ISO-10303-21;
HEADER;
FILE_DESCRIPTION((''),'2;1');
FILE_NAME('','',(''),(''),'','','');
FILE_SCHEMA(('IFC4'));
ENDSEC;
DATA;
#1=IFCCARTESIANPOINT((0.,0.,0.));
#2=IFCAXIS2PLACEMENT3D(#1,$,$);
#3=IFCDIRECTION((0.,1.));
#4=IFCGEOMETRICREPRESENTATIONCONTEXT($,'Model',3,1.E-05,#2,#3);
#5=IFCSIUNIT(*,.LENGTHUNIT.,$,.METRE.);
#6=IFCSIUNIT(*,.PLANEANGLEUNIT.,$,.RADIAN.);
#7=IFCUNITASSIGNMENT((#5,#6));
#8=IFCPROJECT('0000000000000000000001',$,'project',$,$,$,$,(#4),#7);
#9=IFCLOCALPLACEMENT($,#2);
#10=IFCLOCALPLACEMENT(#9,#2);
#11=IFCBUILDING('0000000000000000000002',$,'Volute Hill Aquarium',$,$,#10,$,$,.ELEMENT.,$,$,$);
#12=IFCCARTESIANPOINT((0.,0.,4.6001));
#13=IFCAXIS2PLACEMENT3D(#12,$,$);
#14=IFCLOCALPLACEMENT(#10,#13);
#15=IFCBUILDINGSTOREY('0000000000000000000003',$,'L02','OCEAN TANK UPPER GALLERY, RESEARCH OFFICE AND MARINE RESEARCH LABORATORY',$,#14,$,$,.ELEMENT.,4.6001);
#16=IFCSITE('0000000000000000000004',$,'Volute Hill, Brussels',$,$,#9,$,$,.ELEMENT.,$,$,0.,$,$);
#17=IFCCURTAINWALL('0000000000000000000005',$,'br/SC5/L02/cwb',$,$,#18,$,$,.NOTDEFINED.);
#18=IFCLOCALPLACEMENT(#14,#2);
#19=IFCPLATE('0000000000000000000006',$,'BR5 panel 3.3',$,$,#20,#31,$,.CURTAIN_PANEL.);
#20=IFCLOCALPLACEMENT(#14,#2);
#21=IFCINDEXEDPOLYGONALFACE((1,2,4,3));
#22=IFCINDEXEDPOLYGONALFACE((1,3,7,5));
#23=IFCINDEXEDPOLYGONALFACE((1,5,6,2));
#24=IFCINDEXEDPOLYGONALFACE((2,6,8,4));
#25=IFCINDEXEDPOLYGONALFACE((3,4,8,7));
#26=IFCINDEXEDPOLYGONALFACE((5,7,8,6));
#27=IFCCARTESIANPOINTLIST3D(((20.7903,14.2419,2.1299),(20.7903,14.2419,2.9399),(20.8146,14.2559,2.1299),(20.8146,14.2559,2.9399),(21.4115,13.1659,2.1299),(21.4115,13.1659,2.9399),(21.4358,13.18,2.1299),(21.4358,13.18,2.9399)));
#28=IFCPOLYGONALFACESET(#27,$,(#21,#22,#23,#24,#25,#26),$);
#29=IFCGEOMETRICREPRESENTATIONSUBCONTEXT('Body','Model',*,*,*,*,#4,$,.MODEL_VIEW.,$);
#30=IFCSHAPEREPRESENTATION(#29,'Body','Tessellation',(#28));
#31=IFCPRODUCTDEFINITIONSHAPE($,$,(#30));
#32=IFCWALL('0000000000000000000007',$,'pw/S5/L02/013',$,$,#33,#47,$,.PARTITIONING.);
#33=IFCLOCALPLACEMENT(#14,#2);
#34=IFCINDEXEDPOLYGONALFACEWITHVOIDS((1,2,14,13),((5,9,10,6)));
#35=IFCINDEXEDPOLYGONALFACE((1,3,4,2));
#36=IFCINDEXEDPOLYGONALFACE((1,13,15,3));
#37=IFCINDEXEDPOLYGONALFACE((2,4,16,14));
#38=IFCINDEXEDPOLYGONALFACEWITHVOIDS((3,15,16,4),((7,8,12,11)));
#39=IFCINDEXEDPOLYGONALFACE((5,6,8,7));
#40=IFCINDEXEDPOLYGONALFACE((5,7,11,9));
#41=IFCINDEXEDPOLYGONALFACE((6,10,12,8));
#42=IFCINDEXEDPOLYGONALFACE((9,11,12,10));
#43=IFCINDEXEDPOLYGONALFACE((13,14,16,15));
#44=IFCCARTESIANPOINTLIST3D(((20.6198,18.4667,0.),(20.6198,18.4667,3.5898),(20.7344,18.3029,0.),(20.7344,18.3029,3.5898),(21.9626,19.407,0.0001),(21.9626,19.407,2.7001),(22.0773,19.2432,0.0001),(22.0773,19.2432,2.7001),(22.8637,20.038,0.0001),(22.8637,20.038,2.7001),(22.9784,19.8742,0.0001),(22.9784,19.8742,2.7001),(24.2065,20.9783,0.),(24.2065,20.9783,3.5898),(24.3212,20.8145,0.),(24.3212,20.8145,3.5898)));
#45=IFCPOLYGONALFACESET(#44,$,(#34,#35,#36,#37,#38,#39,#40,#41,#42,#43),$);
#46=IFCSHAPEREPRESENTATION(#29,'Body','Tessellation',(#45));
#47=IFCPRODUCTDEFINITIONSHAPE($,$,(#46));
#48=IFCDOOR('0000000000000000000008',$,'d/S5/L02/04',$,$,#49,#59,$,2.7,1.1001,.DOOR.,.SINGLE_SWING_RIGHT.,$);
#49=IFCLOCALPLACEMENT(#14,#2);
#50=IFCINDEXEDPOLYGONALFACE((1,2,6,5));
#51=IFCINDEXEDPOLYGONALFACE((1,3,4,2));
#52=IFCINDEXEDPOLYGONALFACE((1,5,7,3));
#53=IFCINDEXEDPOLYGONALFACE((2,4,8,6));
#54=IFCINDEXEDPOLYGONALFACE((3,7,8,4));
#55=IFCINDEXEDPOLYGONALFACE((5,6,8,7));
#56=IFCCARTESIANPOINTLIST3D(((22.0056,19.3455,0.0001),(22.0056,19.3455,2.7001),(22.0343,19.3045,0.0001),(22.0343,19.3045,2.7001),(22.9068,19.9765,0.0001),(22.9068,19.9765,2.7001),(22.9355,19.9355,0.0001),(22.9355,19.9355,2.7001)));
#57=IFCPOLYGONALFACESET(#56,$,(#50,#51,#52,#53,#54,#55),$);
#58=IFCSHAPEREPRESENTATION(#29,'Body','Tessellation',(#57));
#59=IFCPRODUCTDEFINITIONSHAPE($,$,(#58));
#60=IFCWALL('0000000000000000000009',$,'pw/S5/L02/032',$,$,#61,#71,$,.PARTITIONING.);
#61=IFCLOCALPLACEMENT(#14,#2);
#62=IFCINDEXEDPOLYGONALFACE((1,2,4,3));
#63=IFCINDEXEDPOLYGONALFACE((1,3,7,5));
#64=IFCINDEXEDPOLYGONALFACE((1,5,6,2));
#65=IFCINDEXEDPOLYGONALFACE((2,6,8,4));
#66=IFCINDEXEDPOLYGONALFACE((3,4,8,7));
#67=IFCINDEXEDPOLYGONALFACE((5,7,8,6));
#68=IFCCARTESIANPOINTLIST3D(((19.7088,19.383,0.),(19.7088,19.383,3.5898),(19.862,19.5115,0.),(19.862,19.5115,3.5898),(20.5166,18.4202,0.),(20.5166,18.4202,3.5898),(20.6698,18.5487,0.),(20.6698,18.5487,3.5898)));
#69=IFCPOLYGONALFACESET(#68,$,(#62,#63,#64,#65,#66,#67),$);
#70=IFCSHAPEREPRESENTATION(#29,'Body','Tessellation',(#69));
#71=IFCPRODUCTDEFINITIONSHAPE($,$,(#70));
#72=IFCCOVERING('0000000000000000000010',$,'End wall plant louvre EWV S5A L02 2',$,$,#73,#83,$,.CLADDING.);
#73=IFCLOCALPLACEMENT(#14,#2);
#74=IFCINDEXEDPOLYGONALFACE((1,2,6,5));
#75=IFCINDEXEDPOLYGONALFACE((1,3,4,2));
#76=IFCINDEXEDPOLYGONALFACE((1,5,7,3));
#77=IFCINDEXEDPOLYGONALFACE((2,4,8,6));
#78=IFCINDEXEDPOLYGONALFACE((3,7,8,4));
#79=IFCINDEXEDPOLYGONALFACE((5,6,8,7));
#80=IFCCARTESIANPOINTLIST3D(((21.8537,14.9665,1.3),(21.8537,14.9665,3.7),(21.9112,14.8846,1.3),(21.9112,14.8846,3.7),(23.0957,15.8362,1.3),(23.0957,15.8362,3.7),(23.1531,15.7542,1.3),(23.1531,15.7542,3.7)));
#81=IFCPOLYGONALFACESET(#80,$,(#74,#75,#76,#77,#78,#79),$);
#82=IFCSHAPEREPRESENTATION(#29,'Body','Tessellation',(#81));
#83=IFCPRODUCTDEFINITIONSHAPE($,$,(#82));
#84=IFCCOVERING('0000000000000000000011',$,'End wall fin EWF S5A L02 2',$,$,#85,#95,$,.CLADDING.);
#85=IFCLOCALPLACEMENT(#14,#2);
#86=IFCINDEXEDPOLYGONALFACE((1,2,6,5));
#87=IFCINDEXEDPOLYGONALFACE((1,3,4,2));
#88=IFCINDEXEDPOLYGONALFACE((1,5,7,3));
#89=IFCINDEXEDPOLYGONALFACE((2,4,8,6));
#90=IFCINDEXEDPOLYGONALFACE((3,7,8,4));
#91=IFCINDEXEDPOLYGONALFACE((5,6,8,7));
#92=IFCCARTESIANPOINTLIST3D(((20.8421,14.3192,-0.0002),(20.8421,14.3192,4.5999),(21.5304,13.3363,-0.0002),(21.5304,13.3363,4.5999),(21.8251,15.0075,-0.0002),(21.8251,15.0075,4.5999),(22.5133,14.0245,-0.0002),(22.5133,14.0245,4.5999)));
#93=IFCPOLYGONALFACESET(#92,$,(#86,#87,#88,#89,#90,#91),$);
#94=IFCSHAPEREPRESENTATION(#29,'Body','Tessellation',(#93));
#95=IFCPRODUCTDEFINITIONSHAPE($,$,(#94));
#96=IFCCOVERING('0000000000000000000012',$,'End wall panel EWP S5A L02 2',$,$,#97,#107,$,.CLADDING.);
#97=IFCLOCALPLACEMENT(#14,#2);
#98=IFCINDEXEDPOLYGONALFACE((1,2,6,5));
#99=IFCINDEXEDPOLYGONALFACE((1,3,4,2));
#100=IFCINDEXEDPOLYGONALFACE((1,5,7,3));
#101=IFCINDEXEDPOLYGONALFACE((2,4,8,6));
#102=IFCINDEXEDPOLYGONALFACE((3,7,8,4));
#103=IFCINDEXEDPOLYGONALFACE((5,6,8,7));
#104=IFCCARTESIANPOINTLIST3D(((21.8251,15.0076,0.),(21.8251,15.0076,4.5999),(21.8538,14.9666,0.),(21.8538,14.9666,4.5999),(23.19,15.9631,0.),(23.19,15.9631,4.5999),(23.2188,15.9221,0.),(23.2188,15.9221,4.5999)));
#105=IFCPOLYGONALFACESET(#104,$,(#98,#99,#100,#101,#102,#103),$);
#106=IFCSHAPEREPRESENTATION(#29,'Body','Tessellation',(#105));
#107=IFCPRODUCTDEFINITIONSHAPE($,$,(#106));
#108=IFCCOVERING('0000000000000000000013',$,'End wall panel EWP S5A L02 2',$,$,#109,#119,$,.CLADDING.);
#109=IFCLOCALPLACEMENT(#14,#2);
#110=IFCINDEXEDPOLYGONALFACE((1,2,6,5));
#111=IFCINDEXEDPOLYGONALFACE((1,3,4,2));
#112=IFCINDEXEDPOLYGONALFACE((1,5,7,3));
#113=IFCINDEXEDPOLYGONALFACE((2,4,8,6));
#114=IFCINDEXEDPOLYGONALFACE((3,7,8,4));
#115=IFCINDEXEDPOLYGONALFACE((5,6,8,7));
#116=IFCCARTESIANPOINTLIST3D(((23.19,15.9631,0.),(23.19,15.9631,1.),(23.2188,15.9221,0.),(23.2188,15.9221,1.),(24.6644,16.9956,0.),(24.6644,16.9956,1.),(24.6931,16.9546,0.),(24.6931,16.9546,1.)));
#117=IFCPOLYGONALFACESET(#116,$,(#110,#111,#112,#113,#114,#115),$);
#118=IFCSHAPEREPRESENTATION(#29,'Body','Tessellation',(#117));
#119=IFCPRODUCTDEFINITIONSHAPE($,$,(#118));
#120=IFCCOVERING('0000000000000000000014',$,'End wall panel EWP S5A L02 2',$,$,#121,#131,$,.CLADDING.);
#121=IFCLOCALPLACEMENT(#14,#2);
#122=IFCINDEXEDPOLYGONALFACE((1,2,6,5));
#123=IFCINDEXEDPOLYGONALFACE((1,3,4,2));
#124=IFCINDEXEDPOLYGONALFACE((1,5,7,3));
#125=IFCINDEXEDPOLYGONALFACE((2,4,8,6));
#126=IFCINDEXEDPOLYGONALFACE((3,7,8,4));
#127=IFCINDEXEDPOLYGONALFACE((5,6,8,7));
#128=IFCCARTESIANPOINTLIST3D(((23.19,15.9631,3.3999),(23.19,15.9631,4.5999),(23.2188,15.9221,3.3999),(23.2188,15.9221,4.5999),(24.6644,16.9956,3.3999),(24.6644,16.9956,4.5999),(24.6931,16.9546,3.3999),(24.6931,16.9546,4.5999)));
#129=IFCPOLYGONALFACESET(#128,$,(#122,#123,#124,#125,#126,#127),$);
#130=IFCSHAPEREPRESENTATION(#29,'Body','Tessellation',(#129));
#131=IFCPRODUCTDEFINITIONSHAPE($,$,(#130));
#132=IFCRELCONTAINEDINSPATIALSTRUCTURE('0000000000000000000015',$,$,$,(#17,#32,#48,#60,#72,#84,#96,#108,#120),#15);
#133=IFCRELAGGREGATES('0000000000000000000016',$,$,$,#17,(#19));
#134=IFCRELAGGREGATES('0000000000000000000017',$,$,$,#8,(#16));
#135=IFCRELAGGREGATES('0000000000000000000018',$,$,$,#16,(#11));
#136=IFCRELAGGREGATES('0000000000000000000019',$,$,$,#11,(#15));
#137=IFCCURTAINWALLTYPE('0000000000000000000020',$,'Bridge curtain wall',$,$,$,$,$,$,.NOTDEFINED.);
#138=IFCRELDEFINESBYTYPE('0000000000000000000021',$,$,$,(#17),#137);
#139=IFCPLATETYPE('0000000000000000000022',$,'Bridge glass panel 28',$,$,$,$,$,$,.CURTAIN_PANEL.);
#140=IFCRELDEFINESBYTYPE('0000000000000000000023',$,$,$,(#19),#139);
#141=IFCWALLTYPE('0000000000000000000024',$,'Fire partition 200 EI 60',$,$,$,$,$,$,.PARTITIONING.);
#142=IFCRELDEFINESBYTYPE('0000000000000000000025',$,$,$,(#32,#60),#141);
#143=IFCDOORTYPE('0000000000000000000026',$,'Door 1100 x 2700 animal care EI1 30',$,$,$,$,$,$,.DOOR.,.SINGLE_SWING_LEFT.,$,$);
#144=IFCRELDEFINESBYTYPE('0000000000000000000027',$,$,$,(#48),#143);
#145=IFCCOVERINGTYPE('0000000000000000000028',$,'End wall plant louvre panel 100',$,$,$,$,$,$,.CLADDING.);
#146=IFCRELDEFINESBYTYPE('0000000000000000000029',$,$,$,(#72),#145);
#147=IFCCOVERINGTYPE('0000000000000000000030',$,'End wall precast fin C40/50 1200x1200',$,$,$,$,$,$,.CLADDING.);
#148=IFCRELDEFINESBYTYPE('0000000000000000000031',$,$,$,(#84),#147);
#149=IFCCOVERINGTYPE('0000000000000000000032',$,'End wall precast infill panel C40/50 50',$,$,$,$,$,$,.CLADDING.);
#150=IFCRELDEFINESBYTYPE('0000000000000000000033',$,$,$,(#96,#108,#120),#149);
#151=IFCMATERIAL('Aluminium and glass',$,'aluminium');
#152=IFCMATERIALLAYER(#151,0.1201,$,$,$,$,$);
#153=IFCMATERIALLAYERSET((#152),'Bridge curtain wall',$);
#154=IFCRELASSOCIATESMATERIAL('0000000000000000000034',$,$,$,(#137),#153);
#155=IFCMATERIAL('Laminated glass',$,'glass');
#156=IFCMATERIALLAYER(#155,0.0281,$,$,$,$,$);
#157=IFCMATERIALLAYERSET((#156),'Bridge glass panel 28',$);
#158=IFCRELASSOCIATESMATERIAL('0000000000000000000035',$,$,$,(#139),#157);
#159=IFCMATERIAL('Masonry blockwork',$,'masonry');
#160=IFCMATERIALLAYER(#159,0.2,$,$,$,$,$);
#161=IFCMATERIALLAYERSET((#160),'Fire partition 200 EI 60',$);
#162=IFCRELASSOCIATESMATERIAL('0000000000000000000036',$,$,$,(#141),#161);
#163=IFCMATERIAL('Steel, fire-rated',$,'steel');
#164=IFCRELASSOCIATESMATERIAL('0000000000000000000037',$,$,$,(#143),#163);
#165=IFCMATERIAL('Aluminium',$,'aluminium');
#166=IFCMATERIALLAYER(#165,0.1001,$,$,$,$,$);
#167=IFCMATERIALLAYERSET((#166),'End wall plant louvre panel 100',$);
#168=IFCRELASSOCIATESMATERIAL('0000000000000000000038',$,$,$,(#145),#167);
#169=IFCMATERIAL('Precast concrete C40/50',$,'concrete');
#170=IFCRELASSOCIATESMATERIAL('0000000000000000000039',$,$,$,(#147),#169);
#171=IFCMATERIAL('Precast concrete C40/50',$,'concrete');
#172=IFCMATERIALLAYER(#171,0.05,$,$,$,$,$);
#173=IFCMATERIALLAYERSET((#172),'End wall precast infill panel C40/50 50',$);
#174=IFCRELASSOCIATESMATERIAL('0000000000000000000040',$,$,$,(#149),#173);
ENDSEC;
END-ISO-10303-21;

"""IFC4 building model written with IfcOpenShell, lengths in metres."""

from ifc_helpers import new_model, si_unit, direction, frame, frame_2d, origin, origin_2d, place, context, subcontext, project, spatial, polyline, rectangle, outline, extrude, material, layer, layer_set, type_object, element, fill, aggregate, save


model = new_model("IFC4")

# Units and contexts
model_context = context("Model", 3, precision=1e-05, world=origin(), true_north=direction((0.0, 1.0)))
body_context = subcontext(model_context, "Body", "Model", "MODEL_VIEW")
ifc_project = project(units=[si_unit("LENGTHUNIT", "METRE"), si_unit("PLANEANGLEUNIT", "RADIAN")], contexts=[model_context])

# Site, building, storey
site_placement = place(None, origin())
site = spatial("IfcSite", under=ifc_project, at=site_placement, Name="Volute Hill, Brussels", CompositionType="ELEMENT", RefElevation=0.0)
building_placement = place(site_placement, origin())
building = spatial("IfcBuilding", under=site, at=building_placement, Name="Volute Hill Aquarium", CompositionType="ELEMENT")
storey_placement = place(building_placement, frame((0.0, 0.0, 4.6001)))
storey = spatial("IfcBuildingStorey", under=building, at=storey_placement, Name="L02", Description="OCEAN TANK UPPER GALLERY, RESEARCH OFFICE AND MARINE RESEARCH LABORATORY", CompositionType="ELEMENT", Elevation=4.6001)

# Curtain wall
ifc_material_1 = material(Name="Aluminium and glass", Category="aluminium")
ifc_layer_1 = layer(ifc_material_1, 0.1201)
ifc_layer_set_1 = layer_set([ifc_layer_1], Name="Bridge curtain wall")
curtain_wall_type = type_object("IfcCurtainWallType", Name="Bridge curtain wall", PredefinedType="NOTDEFINED", material=ifc_layer_set_1)
curtain_wall_placement = place(storey_placement, origin())
curtain_wall = element("IfcCurtainWall", 1, at=curtain_wall_placement, inside=storey, type_object=curtain_wall_type, Name="br/SC5/L02/cwb", PredefinedType="NOTDEFINED")

# Plate
ifc_material_2 = material(Name="Laminated glass", Category="glass")
ifc_layer_2 = layer(ifc_material_2, 0.0281)
ifc_layer_set_2 = layer_set([ifc_layer_2], Name="Bridge glass panel 28")
plate_type = type_object("IfcPlateType", Name="Bridge glass panel 28", PredefinedType="CURTAIN_PANEL", material=ifc_layer_set_2)
plate_1_placement = place(storey_placement, frame((21.113, 13.7109, 2.1299), z_axis=(0.0, 0.0, 1.0), x_axis=(-0.500005, 0.866022, 0.0)))
plate_1 = element("IfcPlate", 2, at=plate_1_placement, type_object=plate_type, Name="BR5 panel 3.3", PredefinedType="CURTAIN_PANEL", context=body_context, shape_type="SweptSolid", body=[
    extrude(rectangle(XDim=1.2424, YDim=0.0281, at=origin_2d()), origin(), (0.0, 0.0, 1.0), 0.8101),
])
aggregate(curtain_wall, [plate_1])

# Wall, opening, door
ifc_material_3 = material(Name="Masonry blockwork", Category="masonry")
ifc_layer_3 = layer(ifc_material_3, 0.2)
ifc_layer_set_3 = layer_set([ifc_layer_3], Name="Fire partition 200 EI 60")
wall_type = type_object("IfcWallType", Name="Fire partition 200 EI 60", PredefinedType="PARTITIONING", material=ifc_layer_set_3)
wall_1_placement = place(storey_placement, frame((20.677, 18.3848, 0.0), z_axis=(0.0, 0.0, 1.0), x_axis=(0.819145, 0.573586, 0.0)))
wall_1 = element("IfcWall", 3, at=wall_1_placement, inside=storey, type_object=wall_type, Name="pw/S5/L02/013", PredefinedType="PARTITIONING", context=body_context, shape_type="SweptSolid", body=[
    extrude(rectangle(XDim=4.3787, YDim=0.2, at=frame_2d((2.1895, 0.0))), origin(), (0.0, 0.0, 1.0), 3.5898),
])
opening_placement = place(wall_1_placement, frame((1.6394, 0.0, 0.0)))
opening = element("IfcOpeningElement", 4, at=opening_placement, cuts=wall_1, PredefinedType="OPENING", context=body_context, shape_type="SweptSolid", body=[
    extrude(rectangle(XDim=1.1001, YDim=2.7, at=frame_2d((0.55, 1.3501))), frame((0.0, 0.1099, 0.0), z_axis=(0.0, -1.0, 0.0), x_axis=(1.0, 0.0, 0.0)), (0.0, 0.0, 1.0), 0.22),
])
ifc_material_4 = material(Name="Steel, fire-rated", Category="steel")
door_type = type_object("IfcDoorType", Name="Door 1100 x 2700 animal care EI1 30", OperationType="SINGLE_SWING_LEFT", PredefinedType="DOOR", material=ifc_material_4)
door_placement = place(opening_placement, origin())
door = element("IfcDoor", 5, at=door_placement, inside=storey, type_object=door_type, Name="d/S5/L02/04", OperationType="SINGLE_SWING_RIGHT", OverallHeight=2.7, OverallWidth=1.1001, PredefinedType="DOOR", context=body_context, shape_type="SweptSolid", body=[
    extrude(rectangle(XDim=1.1001, YDim=2.7, at=frame_2d((0.55, 1.3501))), frame((0.0, 0.0249, 0.0), z_axis=(0.0, -1.0, 0.0), x_axis=(1.0, 0.0, 0.0)), (0.0, 0.0, 1.0), 0.05),
])
fill(opening, door)

# Wall
wall_2_placement = place(storey_placement, frame((19.7854, 19.4473, 0.0), z_axis=(0.0, 0.0, 1.0), x_axis=(0.642741, -0.766084, 0.0)))
element("IfcWall", 6, at=wall_2_placement, inside=storey, type_object=wall_type, Name="pw/S5/L02/032", PredefinedType="PARTITIONING", context=body_context, shape_type="SweptSolid", body=[
    extrude(rectangle(XDim=1.2568, YDim=0.2, at=frame_2d((0.6284, 0.0))), origin(), (0.0, 0.0, 1.0), 3.5898),
])

# Coverings
ifc_material_5 = material(Name="Aluminium", Category="aluminium")
ifc_layer_4 = layer(ifc_material_5, 0.1001)
ifc_layer_set_4 = layer_set([ifc_layer_4], Name="End wall plant louvre panel 100")
covering_type_1 = type_object("IfcCoveringType", Name="End wall plant louvre panel 100", PredefinedType="CLADDING", material=ifc_layer_set_4)
covering_1_placement = place(storey_placement, frame((22.5034, 15.3604, 1.3), z_axis=(0.0, 0.0, 1.0), x_axis=(0.819153, 0.573575, 0.0)))
element("IfcCovering", 7, at=covering_1_placement, inside=storey, type_object=covering_type_1, Name="End wall plant louvre EWV S5A L02 2", PredefinedType="CLADDING", context=body_context, shape_type="SweptSolid", body=[
    extrude(rectangle(XDim=1.5161, YDim=0.1001, at=origin_2d()), origin(), (0.0, 0.0, 1.0), 2.3999),
])
ifc_material_6 = material(Name="Precast concrete C40/50", Category="concrete")
covering_type_2 = type_object("IfcCoveringType", Name="End wall precast fin C40/50 1200x1200", PredefinedType="CLADDING", material=ifc_material_6)
covering_2_placement = place(storey_placement, frame((21.6777, 14.1719, -0.0002), z_axis=(0.0, 0.0, 1.0), x_axis=(0.819153, 0.573575, 0.0)))
element("IfcCovering", 8, at=covering_2_placement, inside=storey, type_object=covering_type_2, Name="End wall fin EWF S5A L02 2", PredefinedType="CLADDING", context=body_context, shape_type="SweptSolid", body=[
    extrude(rectangle(XDim=1.2, YDim=1.2, at=origin_2d()), origin(), (0.0, 0.0, 1.0), 4.6001),
])
ifc_material_7 = material(Name="Precast concrete C40/50", Category="concrete")
ifc_layer_5 = layer(ifc_material_7, 0.05)
ifc_layer_set_5 = layer_set([ifc_layer_5], Name="End wall precast infill panel C40/50 50")
covering_type_3 = type_object("IfcCoveringType", Name="End wall precast infill panel C40/50 50", PredefinedType="CLADDING", material=ifc_layer_set_5)
covering_3_placement = place(storey_placement, frame((21.8538, 14.9666, 0.0), z_axis=(0.573492, -0.819211, 0.0), x_axis=(0.819211, 0.573492, 0.0)))
element("IfcCovering", 9, at=covering_3_placement, inside=storey, type_object=covering_type_3, Name="End wall panel EWP S5A L02 2", PredefinedType="CLADDING", context=body_context, shape_type="SweptSolid", body=[
    extrude(outline(polyline([(0.0, 0.0), (1.6662, 0.0), (1.6662, 4.5999), (0.0, 4.5999), (0.0, 0.0)])), origin(), (0.0, 0.0, -1.0), 0.05),
])
covering_4_placement = place(storey_placement, frame((23.2188, 15.9221, 0.0), z_axis=(0.573617, -0.819124, 0.0), x_axis=(0.819124, 0.573617, 0.0)))
element("IfcCovering", 10, at=covering_4_placement, inside=storey, type_object=covering_type_3, Name="End wall panel EWP S5A L02 2", PredefinedType="CLADDING", context=body_context, shape_type="SweptSolid", body=[
    extrude(outline(polyline([(0.0, 0.0), (1.7999, 0.0), (1.7999, 1.0), (0.0, 1.0), (0.0, 0.0)])), origin(), (0.0, 0.0, -1.0), 0.05),
])
covering_5_placement = place(storey_placement, frame((23.2188, 15.9221, 3.3999), z_axis=(0.573617, -0.819124, 0.0), x_axis=(0.819124, 0.573617, 0.0)))
element("IfcCovering", 11, at=covering_5_placement, inside=storey, type_object=covering_type_3, Name="End wall panel EWP S5A L02 2", PredefinedType="CLADDING", context=body_context, shape_type="SweptSolid", body=[
    extrude(outline(polyline([(0.0, 0.0), (1.7999, 0.0), (1.7999, 1.2), (0.0, 1.2), (0.0, 0.0)])), origin(), (0.0, 0.0, -1.0), 0.05),
])

save(model, "model.ifc")
